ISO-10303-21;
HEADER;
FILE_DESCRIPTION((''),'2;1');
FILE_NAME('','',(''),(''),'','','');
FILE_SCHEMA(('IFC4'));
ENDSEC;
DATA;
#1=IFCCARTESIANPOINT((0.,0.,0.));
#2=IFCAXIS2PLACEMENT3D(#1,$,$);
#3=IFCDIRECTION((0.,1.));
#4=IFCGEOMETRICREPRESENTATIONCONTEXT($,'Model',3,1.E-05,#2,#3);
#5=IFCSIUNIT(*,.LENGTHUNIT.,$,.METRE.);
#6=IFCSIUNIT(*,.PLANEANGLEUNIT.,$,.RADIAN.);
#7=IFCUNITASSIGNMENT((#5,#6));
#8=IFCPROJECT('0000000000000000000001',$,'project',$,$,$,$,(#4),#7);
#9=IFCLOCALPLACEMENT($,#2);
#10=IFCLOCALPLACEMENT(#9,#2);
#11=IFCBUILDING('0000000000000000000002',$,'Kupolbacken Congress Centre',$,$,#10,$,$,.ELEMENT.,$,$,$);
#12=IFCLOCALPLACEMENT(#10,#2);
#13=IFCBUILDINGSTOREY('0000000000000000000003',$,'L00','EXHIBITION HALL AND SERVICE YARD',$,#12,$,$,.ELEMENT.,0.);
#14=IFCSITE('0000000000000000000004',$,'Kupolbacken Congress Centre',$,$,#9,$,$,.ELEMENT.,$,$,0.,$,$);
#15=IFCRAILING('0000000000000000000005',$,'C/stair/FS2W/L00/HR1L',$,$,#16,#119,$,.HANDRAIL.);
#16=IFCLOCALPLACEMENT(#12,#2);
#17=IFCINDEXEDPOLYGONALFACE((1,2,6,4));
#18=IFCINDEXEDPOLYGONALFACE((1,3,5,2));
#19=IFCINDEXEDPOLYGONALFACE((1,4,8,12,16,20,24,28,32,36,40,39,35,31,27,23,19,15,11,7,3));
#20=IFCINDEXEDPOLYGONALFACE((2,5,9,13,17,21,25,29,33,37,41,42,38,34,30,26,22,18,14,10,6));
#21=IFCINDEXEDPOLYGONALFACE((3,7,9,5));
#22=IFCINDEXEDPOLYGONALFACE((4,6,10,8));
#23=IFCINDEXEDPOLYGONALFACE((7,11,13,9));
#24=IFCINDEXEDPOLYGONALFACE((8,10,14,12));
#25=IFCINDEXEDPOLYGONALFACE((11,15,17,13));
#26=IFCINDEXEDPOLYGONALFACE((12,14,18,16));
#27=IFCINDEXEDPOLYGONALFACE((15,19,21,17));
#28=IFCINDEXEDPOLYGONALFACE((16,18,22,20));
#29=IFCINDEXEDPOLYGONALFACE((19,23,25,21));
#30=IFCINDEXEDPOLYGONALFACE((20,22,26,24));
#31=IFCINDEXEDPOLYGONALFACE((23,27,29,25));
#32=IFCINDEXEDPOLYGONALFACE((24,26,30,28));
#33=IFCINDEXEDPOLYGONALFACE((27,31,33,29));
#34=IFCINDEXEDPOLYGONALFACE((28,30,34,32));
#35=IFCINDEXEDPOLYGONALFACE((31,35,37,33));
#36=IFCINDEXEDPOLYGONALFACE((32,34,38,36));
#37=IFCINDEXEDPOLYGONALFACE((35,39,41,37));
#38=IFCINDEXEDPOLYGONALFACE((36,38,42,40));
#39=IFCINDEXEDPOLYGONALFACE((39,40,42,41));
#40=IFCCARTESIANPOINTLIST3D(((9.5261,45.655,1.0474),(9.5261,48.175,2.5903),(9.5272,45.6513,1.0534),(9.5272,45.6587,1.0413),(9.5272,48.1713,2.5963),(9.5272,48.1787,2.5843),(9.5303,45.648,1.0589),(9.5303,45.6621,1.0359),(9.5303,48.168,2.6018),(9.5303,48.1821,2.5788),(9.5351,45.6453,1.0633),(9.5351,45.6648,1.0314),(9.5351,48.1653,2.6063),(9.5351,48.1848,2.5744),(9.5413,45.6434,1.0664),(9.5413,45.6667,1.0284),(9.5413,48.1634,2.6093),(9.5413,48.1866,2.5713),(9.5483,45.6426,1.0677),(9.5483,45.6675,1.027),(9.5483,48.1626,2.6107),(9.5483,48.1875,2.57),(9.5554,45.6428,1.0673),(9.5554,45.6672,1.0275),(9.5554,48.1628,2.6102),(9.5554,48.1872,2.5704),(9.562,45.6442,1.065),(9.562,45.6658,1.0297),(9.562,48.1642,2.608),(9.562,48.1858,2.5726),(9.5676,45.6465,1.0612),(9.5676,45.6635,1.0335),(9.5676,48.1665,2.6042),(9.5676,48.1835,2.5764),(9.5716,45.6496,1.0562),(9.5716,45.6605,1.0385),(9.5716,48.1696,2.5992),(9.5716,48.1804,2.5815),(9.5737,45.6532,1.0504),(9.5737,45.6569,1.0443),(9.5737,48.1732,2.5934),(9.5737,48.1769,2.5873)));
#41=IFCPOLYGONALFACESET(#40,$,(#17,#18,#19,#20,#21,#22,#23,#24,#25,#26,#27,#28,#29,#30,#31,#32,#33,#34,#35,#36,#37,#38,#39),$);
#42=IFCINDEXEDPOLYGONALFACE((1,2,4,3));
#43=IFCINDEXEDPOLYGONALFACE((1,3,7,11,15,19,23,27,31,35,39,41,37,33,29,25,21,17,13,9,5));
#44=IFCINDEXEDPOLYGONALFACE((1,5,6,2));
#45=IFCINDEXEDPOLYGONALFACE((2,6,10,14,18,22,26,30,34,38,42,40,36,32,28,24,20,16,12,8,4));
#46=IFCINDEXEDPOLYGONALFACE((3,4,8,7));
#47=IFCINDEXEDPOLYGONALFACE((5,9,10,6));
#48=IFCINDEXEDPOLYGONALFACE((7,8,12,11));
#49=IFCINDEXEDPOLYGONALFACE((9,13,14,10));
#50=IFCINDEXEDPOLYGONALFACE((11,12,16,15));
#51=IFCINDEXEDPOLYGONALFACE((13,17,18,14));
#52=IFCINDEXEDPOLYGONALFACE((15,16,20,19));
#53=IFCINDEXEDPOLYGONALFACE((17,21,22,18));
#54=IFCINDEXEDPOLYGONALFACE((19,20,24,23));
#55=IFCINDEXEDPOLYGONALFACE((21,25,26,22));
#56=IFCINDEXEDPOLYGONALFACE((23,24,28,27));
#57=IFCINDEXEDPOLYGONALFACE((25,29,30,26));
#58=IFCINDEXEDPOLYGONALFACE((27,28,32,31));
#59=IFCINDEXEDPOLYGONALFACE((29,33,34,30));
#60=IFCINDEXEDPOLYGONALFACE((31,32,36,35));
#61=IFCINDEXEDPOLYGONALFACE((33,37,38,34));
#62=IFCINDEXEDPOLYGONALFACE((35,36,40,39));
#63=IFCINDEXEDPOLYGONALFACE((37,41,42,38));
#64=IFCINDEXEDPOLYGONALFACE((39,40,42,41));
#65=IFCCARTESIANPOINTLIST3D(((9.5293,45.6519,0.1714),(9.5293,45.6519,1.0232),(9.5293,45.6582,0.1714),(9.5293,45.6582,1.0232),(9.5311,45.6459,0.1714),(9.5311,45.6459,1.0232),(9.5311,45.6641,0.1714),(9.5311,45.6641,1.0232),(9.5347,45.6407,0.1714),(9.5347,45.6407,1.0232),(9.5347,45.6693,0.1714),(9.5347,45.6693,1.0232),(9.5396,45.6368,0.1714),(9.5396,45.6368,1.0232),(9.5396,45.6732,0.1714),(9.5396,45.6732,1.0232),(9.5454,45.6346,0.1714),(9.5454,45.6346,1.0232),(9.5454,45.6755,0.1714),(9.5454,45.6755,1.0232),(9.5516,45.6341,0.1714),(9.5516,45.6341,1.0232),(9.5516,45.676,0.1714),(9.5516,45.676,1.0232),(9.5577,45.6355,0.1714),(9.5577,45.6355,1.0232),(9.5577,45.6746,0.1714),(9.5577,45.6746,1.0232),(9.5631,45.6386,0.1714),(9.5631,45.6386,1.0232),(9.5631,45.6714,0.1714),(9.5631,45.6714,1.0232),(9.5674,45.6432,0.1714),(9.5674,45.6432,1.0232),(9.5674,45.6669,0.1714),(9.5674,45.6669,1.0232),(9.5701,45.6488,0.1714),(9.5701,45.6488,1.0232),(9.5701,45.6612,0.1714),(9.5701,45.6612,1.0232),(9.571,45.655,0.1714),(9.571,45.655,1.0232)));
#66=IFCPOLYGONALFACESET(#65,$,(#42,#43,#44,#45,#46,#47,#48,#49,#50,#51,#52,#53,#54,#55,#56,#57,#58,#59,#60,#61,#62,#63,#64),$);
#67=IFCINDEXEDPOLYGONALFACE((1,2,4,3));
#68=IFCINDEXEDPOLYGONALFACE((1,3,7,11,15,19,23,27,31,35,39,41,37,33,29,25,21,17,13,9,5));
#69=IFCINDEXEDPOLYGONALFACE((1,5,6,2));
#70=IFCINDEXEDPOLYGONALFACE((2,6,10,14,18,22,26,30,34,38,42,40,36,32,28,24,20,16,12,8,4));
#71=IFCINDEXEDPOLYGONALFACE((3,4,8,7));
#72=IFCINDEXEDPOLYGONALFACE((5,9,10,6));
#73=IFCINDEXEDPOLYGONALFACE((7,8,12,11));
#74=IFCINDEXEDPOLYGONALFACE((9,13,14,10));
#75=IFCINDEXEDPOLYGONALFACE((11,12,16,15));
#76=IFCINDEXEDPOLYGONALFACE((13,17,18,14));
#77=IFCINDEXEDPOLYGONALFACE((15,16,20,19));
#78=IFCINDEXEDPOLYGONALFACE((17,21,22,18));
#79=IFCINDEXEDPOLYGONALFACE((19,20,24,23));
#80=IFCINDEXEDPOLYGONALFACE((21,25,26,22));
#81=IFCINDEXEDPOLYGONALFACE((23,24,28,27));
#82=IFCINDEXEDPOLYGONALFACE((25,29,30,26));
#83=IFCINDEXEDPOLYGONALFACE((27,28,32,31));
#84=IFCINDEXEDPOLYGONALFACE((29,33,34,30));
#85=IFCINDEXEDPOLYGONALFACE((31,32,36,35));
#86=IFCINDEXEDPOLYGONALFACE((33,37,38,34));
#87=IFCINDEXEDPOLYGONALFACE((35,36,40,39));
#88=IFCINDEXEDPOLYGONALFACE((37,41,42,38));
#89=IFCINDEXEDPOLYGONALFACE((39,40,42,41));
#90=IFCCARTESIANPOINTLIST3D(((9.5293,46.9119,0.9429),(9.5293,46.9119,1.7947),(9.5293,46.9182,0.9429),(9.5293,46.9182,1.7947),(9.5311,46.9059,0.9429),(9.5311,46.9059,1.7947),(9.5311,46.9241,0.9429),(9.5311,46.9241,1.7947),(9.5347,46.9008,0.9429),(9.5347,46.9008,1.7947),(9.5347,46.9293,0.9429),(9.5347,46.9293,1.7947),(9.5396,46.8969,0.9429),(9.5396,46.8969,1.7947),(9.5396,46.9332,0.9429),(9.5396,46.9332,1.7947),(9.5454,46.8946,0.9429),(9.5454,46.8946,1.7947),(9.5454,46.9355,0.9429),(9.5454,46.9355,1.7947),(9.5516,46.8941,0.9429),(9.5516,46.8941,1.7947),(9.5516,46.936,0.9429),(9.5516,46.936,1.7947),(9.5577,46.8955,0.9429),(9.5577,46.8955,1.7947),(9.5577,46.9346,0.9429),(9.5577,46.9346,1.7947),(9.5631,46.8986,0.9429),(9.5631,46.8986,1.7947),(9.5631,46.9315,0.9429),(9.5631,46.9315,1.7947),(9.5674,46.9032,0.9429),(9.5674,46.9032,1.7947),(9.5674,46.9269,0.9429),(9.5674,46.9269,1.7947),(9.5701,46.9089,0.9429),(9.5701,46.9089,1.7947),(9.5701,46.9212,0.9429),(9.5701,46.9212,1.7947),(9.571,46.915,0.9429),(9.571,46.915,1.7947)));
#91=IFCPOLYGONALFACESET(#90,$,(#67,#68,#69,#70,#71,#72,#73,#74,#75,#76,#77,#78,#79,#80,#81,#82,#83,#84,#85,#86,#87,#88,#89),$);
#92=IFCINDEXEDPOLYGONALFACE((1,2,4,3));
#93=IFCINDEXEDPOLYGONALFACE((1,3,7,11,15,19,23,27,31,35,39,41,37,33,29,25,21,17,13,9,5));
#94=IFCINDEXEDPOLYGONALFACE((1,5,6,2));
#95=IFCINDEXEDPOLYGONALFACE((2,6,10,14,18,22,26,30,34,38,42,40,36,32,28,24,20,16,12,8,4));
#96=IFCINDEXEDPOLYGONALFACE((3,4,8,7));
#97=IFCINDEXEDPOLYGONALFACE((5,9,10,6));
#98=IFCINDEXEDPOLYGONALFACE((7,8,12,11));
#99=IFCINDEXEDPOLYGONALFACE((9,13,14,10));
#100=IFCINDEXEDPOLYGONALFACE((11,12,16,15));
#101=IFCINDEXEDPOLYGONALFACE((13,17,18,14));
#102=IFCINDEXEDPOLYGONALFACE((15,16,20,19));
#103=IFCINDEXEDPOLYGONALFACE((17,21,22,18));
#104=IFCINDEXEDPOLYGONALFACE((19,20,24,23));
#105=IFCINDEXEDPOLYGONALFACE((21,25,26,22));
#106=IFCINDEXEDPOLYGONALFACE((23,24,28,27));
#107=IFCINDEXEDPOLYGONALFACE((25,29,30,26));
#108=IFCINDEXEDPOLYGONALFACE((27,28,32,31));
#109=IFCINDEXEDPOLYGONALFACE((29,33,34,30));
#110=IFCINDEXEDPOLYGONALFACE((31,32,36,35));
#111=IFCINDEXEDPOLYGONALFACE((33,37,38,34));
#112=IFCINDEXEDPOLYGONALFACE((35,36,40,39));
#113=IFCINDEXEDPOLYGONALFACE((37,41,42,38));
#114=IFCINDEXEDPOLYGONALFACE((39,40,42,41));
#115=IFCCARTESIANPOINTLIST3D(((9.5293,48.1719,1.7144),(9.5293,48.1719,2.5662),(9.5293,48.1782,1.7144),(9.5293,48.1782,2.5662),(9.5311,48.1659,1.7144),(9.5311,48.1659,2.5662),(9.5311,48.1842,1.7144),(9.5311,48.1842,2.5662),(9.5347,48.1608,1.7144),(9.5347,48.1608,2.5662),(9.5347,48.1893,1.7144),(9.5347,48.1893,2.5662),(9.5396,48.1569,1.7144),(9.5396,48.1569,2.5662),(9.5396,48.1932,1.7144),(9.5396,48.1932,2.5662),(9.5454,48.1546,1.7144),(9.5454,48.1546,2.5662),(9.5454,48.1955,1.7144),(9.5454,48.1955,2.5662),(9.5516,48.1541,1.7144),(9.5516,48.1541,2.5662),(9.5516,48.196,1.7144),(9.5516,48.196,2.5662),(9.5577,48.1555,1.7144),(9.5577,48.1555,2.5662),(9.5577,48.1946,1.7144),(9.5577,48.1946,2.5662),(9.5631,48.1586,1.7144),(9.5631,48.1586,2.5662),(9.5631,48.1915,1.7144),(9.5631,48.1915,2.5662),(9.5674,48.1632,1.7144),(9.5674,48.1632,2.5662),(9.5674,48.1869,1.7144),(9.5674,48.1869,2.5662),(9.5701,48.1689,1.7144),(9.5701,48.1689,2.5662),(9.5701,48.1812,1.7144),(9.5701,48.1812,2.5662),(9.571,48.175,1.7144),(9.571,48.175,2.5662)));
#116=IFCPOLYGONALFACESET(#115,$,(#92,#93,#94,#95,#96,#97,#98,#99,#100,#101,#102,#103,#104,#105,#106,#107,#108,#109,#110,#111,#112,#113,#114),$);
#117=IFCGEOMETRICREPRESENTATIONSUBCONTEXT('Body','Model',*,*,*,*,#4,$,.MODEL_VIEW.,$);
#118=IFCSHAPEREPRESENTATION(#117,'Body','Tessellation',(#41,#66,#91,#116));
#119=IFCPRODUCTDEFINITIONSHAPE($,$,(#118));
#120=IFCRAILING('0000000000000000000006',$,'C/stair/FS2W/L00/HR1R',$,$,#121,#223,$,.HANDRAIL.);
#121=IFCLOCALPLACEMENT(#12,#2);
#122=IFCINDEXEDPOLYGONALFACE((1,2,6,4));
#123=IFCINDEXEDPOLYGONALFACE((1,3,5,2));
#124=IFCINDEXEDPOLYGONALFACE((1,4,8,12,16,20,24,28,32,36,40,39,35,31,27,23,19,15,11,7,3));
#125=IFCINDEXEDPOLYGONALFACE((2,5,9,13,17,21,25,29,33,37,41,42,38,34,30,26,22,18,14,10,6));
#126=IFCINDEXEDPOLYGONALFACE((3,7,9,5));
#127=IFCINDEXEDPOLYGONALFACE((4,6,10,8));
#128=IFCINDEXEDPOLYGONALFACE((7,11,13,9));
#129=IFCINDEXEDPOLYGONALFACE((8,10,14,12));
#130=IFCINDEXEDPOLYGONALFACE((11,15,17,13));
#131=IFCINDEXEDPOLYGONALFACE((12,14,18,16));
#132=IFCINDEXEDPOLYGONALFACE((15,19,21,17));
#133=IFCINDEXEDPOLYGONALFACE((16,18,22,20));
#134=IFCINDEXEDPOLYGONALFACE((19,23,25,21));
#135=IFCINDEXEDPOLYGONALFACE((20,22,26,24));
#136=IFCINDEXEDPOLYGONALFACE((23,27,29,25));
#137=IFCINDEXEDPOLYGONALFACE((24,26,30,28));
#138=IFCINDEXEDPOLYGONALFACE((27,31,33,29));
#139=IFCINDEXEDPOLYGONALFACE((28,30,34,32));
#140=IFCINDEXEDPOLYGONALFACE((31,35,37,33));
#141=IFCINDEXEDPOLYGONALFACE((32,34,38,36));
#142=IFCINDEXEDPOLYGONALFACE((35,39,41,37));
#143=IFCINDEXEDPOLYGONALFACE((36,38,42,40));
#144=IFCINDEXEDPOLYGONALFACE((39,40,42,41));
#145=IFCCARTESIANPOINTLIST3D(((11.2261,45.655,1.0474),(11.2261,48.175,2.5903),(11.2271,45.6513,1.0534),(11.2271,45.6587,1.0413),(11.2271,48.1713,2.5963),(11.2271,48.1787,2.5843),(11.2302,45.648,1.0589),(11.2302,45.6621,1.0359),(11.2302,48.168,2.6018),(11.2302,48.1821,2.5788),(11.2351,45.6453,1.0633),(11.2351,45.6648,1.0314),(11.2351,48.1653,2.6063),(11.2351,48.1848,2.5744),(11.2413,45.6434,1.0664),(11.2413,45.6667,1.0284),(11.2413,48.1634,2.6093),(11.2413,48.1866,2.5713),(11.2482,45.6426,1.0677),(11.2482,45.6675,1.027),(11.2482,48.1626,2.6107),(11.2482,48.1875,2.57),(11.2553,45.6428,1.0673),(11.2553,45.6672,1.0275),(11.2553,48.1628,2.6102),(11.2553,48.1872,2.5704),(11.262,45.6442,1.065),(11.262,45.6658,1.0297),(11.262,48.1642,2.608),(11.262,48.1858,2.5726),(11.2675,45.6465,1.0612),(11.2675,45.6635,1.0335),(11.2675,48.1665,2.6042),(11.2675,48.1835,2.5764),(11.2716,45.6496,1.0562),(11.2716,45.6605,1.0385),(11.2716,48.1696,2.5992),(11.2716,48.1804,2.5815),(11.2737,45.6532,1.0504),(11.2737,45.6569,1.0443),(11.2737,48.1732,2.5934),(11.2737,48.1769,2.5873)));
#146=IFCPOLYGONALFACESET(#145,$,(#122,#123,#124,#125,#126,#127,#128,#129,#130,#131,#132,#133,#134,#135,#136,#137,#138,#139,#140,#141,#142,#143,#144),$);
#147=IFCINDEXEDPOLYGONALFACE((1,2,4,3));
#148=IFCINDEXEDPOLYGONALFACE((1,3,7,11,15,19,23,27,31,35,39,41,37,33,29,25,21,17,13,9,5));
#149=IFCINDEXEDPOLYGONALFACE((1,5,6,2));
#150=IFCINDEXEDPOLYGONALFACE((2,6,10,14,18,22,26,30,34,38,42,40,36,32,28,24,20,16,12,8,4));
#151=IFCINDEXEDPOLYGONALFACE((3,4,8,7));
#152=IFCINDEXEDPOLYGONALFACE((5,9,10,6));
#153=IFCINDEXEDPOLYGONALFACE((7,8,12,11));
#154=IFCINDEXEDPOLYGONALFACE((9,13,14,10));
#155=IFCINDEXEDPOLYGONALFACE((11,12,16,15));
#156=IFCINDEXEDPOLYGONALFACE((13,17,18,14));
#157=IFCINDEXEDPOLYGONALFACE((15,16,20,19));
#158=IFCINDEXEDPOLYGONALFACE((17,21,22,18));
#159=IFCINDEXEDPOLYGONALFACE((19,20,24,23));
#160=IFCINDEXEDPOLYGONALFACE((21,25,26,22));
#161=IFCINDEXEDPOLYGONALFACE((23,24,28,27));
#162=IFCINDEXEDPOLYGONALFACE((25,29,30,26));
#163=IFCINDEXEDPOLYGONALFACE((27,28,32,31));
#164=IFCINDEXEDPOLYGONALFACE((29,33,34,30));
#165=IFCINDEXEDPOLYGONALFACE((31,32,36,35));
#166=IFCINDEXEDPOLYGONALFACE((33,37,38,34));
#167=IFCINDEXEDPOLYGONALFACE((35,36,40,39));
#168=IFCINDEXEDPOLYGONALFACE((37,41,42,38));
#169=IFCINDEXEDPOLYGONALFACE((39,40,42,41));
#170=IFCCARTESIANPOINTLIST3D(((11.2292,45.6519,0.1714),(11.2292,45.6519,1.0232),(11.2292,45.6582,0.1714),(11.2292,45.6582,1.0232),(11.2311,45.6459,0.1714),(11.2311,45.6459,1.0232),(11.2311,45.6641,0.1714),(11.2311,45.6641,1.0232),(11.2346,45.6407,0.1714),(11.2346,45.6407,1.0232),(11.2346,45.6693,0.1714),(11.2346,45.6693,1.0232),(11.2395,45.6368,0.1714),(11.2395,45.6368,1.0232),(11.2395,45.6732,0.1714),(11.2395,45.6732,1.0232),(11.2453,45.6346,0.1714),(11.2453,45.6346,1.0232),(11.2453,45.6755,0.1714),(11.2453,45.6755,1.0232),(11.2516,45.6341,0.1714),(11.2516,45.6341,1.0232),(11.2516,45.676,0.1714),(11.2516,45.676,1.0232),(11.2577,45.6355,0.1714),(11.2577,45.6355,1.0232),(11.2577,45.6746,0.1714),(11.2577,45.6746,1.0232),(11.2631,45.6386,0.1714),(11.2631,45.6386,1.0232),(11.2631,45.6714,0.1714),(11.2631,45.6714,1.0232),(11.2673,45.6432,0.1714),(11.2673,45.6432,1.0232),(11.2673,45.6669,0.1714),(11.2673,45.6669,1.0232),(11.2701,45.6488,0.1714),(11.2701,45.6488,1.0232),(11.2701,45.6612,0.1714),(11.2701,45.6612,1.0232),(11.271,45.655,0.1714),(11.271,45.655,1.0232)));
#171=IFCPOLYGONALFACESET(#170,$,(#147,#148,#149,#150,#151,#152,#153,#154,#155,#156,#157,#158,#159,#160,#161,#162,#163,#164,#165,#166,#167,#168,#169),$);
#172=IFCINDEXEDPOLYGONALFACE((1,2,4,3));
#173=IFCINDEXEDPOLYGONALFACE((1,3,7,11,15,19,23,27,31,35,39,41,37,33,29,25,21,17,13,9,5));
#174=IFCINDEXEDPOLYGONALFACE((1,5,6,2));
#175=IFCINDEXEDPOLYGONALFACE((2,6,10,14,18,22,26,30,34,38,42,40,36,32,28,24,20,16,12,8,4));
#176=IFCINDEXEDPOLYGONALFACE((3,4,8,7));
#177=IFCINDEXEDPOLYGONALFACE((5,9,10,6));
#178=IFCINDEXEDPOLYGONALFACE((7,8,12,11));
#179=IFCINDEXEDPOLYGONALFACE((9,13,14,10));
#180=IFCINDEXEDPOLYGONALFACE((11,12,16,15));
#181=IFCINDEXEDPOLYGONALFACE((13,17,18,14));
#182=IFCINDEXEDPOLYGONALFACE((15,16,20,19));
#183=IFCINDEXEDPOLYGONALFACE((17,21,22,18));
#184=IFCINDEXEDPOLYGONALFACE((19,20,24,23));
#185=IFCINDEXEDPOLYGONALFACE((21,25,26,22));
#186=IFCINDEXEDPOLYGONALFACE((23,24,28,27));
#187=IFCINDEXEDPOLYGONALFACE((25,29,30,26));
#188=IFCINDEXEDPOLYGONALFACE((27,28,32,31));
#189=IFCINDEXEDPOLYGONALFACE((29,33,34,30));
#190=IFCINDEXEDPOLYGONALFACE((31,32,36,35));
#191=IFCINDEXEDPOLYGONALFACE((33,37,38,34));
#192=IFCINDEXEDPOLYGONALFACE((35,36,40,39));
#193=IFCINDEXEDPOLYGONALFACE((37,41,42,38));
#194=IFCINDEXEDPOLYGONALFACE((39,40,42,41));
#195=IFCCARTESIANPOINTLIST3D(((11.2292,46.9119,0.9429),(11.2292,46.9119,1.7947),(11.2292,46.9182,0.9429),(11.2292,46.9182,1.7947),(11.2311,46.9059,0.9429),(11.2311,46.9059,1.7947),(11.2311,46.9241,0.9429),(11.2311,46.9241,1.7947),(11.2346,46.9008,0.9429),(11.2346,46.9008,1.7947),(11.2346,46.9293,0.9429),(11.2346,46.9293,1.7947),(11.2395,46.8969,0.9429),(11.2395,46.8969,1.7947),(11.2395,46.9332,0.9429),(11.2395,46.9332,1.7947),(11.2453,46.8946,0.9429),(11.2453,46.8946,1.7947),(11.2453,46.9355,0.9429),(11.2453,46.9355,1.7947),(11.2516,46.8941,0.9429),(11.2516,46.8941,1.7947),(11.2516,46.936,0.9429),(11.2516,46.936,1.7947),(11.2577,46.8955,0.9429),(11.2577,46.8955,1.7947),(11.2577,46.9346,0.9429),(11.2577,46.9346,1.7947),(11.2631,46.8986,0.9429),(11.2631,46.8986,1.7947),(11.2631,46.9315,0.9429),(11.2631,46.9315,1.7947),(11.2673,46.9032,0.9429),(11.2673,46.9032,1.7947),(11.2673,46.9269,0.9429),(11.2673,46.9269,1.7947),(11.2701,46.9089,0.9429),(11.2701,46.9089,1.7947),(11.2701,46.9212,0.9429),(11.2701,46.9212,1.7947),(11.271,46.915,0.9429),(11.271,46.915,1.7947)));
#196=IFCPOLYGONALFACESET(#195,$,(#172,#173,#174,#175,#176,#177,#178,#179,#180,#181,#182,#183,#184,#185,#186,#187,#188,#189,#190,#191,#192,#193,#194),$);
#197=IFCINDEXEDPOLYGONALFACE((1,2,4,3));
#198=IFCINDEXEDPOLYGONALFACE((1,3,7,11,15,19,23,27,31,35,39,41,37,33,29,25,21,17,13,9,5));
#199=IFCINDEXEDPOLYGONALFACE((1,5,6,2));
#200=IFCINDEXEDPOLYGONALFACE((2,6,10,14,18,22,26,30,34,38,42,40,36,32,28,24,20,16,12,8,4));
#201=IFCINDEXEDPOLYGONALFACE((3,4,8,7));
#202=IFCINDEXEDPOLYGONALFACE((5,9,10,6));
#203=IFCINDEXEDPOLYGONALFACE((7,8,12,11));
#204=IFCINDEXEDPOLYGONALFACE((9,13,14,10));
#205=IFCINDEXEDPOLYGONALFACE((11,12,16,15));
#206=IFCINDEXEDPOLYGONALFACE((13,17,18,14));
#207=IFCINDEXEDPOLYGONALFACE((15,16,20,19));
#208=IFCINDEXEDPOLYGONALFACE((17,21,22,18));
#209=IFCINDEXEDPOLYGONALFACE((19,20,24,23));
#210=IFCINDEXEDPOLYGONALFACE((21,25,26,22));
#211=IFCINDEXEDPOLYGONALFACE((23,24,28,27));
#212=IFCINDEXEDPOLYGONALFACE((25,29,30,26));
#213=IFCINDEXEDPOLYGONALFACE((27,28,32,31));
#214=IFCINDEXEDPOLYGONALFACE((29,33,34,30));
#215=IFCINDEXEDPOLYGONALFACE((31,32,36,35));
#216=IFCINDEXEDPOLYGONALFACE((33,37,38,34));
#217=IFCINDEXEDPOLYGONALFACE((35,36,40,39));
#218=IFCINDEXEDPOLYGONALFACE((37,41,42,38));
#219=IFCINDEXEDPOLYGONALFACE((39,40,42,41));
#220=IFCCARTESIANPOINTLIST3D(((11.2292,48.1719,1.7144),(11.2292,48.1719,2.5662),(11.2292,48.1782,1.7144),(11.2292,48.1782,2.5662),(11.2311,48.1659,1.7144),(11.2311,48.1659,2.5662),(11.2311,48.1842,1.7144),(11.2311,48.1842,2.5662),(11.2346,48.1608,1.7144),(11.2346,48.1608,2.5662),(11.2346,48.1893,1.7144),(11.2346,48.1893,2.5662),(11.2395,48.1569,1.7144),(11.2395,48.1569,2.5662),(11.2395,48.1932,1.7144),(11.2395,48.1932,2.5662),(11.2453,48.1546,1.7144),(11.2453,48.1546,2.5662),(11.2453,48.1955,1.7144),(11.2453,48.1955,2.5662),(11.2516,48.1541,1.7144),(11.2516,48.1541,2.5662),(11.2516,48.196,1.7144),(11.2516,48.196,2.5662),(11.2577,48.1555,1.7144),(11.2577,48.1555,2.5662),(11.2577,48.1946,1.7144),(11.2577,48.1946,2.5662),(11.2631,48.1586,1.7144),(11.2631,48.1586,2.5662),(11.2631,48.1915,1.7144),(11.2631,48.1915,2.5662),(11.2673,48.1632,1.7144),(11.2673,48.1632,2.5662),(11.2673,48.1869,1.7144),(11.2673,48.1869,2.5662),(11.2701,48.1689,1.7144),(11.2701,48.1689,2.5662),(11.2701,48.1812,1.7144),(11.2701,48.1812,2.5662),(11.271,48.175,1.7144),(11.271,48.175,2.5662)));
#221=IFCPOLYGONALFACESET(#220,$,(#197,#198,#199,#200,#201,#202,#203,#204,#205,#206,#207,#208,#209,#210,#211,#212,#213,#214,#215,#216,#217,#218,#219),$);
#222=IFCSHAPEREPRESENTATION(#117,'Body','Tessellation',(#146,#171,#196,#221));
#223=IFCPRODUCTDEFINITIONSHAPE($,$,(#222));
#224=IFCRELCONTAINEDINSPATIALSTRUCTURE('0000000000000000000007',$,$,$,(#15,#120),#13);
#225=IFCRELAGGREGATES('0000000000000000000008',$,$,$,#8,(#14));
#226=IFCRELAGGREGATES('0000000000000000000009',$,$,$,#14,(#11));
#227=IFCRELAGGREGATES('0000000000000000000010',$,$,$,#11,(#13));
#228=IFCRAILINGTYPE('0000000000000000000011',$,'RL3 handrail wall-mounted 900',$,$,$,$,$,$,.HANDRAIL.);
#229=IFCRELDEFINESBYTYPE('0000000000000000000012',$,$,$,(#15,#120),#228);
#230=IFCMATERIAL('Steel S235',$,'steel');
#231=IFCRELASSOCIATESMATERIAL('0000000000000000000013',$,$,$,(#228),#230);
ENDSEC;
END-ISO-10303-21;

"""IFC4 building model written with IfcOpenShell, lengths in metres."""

from ifc_helpers import new_model, si_unit, direction, frame, origin, origin_2d, place, context, subcontext, project, spatial, circle, extrude, material, type_object, element, save


model = new_model("IFC4")

# Units and contexts
model_context = context("Model", 3, precision=1e-05, world=origin(), true_north=direction((0.0, 1.0)))
body_context = subcontext(model_context, "Body", "Model", "MODEL_VIEW")
ifc_project = project(units=[si_unit("LENGTHUNIT", "METRE"), si_unit("PLANEANGLEUNIT", "RADIAN")], contexts=[model_context])

# Site, building, storey
site_placement = place(None, origin())
site = spatial("IfcSite", under=ifc_project, at=site_placement, Name="Kupolbacken Congress Centre", CompositionType="ELEMENT", RefElevation=0.0)
building_placement = place(site_placement, origin())
building = spatial("IfcBuilding", under=site, at=building_placement, Name="Kupolbacken Congress Centre", CompositionType="ELEMENT")
storey_placement = place(building_placement, origin())
storey = spatial("IfcBuildingStorey", under=building, at=storey_placement, Name="L00", Description="EXHIBITION HALL AND SERVICE YARD", CompositionType="ELEMENT", Elevation=0.0)

# Railings
ifc_material_1 = material(Name="Steel S235", Category="steel")
railing_type = type_object("IfcRailingType", Name="RL3 handrail wall-mounted 900", PredefinedType="HANDRAIL", material=ifc_material_1)
for number, where, name in (
    (1, (9.55, 45.655, 0.1714), "C/stair/FS2W/L00/HR1L"),
    (2, (11.25, 45.655, 0.1714), "C/stair/FS2W/L00/HR1R"),
):
    element("IfcRailing", number, at=place(storey_placement, frame(where)), inside=storey, type_object=railing_type, Name=name, PredefinedType="HANDRAIL", context=body_context, shape_type="SweptSolid", body=[
        extrude(circle(Radius=0.0239, at=origin_2d()), frame((0.0, 0.0, 0.876), z_axis=(0.0, 0.852836, 0.522178), x_axis=(-1.0, 0.0, 0.0)), (0.0, 0.0, 1.0), 2.9548),
        extrude(circle(Radius=0.021, at=origin_2d()), origin(), (0.0, 0.0, 1.0), 0.8518),
        extrude(circle(Radius=0.021, at=origin_2d()), frame((0.0, 1.26, 0.7715)), (0.0, 0.0, 1.0), 0.8518),
        extrude(circle(Radius=0.021, at=origin_2d()), frame((0.0, 2.52, 1.543)), (0.0, 0.0, 1.0), 0.8518),
    ])

save(model, "model.ifc")
